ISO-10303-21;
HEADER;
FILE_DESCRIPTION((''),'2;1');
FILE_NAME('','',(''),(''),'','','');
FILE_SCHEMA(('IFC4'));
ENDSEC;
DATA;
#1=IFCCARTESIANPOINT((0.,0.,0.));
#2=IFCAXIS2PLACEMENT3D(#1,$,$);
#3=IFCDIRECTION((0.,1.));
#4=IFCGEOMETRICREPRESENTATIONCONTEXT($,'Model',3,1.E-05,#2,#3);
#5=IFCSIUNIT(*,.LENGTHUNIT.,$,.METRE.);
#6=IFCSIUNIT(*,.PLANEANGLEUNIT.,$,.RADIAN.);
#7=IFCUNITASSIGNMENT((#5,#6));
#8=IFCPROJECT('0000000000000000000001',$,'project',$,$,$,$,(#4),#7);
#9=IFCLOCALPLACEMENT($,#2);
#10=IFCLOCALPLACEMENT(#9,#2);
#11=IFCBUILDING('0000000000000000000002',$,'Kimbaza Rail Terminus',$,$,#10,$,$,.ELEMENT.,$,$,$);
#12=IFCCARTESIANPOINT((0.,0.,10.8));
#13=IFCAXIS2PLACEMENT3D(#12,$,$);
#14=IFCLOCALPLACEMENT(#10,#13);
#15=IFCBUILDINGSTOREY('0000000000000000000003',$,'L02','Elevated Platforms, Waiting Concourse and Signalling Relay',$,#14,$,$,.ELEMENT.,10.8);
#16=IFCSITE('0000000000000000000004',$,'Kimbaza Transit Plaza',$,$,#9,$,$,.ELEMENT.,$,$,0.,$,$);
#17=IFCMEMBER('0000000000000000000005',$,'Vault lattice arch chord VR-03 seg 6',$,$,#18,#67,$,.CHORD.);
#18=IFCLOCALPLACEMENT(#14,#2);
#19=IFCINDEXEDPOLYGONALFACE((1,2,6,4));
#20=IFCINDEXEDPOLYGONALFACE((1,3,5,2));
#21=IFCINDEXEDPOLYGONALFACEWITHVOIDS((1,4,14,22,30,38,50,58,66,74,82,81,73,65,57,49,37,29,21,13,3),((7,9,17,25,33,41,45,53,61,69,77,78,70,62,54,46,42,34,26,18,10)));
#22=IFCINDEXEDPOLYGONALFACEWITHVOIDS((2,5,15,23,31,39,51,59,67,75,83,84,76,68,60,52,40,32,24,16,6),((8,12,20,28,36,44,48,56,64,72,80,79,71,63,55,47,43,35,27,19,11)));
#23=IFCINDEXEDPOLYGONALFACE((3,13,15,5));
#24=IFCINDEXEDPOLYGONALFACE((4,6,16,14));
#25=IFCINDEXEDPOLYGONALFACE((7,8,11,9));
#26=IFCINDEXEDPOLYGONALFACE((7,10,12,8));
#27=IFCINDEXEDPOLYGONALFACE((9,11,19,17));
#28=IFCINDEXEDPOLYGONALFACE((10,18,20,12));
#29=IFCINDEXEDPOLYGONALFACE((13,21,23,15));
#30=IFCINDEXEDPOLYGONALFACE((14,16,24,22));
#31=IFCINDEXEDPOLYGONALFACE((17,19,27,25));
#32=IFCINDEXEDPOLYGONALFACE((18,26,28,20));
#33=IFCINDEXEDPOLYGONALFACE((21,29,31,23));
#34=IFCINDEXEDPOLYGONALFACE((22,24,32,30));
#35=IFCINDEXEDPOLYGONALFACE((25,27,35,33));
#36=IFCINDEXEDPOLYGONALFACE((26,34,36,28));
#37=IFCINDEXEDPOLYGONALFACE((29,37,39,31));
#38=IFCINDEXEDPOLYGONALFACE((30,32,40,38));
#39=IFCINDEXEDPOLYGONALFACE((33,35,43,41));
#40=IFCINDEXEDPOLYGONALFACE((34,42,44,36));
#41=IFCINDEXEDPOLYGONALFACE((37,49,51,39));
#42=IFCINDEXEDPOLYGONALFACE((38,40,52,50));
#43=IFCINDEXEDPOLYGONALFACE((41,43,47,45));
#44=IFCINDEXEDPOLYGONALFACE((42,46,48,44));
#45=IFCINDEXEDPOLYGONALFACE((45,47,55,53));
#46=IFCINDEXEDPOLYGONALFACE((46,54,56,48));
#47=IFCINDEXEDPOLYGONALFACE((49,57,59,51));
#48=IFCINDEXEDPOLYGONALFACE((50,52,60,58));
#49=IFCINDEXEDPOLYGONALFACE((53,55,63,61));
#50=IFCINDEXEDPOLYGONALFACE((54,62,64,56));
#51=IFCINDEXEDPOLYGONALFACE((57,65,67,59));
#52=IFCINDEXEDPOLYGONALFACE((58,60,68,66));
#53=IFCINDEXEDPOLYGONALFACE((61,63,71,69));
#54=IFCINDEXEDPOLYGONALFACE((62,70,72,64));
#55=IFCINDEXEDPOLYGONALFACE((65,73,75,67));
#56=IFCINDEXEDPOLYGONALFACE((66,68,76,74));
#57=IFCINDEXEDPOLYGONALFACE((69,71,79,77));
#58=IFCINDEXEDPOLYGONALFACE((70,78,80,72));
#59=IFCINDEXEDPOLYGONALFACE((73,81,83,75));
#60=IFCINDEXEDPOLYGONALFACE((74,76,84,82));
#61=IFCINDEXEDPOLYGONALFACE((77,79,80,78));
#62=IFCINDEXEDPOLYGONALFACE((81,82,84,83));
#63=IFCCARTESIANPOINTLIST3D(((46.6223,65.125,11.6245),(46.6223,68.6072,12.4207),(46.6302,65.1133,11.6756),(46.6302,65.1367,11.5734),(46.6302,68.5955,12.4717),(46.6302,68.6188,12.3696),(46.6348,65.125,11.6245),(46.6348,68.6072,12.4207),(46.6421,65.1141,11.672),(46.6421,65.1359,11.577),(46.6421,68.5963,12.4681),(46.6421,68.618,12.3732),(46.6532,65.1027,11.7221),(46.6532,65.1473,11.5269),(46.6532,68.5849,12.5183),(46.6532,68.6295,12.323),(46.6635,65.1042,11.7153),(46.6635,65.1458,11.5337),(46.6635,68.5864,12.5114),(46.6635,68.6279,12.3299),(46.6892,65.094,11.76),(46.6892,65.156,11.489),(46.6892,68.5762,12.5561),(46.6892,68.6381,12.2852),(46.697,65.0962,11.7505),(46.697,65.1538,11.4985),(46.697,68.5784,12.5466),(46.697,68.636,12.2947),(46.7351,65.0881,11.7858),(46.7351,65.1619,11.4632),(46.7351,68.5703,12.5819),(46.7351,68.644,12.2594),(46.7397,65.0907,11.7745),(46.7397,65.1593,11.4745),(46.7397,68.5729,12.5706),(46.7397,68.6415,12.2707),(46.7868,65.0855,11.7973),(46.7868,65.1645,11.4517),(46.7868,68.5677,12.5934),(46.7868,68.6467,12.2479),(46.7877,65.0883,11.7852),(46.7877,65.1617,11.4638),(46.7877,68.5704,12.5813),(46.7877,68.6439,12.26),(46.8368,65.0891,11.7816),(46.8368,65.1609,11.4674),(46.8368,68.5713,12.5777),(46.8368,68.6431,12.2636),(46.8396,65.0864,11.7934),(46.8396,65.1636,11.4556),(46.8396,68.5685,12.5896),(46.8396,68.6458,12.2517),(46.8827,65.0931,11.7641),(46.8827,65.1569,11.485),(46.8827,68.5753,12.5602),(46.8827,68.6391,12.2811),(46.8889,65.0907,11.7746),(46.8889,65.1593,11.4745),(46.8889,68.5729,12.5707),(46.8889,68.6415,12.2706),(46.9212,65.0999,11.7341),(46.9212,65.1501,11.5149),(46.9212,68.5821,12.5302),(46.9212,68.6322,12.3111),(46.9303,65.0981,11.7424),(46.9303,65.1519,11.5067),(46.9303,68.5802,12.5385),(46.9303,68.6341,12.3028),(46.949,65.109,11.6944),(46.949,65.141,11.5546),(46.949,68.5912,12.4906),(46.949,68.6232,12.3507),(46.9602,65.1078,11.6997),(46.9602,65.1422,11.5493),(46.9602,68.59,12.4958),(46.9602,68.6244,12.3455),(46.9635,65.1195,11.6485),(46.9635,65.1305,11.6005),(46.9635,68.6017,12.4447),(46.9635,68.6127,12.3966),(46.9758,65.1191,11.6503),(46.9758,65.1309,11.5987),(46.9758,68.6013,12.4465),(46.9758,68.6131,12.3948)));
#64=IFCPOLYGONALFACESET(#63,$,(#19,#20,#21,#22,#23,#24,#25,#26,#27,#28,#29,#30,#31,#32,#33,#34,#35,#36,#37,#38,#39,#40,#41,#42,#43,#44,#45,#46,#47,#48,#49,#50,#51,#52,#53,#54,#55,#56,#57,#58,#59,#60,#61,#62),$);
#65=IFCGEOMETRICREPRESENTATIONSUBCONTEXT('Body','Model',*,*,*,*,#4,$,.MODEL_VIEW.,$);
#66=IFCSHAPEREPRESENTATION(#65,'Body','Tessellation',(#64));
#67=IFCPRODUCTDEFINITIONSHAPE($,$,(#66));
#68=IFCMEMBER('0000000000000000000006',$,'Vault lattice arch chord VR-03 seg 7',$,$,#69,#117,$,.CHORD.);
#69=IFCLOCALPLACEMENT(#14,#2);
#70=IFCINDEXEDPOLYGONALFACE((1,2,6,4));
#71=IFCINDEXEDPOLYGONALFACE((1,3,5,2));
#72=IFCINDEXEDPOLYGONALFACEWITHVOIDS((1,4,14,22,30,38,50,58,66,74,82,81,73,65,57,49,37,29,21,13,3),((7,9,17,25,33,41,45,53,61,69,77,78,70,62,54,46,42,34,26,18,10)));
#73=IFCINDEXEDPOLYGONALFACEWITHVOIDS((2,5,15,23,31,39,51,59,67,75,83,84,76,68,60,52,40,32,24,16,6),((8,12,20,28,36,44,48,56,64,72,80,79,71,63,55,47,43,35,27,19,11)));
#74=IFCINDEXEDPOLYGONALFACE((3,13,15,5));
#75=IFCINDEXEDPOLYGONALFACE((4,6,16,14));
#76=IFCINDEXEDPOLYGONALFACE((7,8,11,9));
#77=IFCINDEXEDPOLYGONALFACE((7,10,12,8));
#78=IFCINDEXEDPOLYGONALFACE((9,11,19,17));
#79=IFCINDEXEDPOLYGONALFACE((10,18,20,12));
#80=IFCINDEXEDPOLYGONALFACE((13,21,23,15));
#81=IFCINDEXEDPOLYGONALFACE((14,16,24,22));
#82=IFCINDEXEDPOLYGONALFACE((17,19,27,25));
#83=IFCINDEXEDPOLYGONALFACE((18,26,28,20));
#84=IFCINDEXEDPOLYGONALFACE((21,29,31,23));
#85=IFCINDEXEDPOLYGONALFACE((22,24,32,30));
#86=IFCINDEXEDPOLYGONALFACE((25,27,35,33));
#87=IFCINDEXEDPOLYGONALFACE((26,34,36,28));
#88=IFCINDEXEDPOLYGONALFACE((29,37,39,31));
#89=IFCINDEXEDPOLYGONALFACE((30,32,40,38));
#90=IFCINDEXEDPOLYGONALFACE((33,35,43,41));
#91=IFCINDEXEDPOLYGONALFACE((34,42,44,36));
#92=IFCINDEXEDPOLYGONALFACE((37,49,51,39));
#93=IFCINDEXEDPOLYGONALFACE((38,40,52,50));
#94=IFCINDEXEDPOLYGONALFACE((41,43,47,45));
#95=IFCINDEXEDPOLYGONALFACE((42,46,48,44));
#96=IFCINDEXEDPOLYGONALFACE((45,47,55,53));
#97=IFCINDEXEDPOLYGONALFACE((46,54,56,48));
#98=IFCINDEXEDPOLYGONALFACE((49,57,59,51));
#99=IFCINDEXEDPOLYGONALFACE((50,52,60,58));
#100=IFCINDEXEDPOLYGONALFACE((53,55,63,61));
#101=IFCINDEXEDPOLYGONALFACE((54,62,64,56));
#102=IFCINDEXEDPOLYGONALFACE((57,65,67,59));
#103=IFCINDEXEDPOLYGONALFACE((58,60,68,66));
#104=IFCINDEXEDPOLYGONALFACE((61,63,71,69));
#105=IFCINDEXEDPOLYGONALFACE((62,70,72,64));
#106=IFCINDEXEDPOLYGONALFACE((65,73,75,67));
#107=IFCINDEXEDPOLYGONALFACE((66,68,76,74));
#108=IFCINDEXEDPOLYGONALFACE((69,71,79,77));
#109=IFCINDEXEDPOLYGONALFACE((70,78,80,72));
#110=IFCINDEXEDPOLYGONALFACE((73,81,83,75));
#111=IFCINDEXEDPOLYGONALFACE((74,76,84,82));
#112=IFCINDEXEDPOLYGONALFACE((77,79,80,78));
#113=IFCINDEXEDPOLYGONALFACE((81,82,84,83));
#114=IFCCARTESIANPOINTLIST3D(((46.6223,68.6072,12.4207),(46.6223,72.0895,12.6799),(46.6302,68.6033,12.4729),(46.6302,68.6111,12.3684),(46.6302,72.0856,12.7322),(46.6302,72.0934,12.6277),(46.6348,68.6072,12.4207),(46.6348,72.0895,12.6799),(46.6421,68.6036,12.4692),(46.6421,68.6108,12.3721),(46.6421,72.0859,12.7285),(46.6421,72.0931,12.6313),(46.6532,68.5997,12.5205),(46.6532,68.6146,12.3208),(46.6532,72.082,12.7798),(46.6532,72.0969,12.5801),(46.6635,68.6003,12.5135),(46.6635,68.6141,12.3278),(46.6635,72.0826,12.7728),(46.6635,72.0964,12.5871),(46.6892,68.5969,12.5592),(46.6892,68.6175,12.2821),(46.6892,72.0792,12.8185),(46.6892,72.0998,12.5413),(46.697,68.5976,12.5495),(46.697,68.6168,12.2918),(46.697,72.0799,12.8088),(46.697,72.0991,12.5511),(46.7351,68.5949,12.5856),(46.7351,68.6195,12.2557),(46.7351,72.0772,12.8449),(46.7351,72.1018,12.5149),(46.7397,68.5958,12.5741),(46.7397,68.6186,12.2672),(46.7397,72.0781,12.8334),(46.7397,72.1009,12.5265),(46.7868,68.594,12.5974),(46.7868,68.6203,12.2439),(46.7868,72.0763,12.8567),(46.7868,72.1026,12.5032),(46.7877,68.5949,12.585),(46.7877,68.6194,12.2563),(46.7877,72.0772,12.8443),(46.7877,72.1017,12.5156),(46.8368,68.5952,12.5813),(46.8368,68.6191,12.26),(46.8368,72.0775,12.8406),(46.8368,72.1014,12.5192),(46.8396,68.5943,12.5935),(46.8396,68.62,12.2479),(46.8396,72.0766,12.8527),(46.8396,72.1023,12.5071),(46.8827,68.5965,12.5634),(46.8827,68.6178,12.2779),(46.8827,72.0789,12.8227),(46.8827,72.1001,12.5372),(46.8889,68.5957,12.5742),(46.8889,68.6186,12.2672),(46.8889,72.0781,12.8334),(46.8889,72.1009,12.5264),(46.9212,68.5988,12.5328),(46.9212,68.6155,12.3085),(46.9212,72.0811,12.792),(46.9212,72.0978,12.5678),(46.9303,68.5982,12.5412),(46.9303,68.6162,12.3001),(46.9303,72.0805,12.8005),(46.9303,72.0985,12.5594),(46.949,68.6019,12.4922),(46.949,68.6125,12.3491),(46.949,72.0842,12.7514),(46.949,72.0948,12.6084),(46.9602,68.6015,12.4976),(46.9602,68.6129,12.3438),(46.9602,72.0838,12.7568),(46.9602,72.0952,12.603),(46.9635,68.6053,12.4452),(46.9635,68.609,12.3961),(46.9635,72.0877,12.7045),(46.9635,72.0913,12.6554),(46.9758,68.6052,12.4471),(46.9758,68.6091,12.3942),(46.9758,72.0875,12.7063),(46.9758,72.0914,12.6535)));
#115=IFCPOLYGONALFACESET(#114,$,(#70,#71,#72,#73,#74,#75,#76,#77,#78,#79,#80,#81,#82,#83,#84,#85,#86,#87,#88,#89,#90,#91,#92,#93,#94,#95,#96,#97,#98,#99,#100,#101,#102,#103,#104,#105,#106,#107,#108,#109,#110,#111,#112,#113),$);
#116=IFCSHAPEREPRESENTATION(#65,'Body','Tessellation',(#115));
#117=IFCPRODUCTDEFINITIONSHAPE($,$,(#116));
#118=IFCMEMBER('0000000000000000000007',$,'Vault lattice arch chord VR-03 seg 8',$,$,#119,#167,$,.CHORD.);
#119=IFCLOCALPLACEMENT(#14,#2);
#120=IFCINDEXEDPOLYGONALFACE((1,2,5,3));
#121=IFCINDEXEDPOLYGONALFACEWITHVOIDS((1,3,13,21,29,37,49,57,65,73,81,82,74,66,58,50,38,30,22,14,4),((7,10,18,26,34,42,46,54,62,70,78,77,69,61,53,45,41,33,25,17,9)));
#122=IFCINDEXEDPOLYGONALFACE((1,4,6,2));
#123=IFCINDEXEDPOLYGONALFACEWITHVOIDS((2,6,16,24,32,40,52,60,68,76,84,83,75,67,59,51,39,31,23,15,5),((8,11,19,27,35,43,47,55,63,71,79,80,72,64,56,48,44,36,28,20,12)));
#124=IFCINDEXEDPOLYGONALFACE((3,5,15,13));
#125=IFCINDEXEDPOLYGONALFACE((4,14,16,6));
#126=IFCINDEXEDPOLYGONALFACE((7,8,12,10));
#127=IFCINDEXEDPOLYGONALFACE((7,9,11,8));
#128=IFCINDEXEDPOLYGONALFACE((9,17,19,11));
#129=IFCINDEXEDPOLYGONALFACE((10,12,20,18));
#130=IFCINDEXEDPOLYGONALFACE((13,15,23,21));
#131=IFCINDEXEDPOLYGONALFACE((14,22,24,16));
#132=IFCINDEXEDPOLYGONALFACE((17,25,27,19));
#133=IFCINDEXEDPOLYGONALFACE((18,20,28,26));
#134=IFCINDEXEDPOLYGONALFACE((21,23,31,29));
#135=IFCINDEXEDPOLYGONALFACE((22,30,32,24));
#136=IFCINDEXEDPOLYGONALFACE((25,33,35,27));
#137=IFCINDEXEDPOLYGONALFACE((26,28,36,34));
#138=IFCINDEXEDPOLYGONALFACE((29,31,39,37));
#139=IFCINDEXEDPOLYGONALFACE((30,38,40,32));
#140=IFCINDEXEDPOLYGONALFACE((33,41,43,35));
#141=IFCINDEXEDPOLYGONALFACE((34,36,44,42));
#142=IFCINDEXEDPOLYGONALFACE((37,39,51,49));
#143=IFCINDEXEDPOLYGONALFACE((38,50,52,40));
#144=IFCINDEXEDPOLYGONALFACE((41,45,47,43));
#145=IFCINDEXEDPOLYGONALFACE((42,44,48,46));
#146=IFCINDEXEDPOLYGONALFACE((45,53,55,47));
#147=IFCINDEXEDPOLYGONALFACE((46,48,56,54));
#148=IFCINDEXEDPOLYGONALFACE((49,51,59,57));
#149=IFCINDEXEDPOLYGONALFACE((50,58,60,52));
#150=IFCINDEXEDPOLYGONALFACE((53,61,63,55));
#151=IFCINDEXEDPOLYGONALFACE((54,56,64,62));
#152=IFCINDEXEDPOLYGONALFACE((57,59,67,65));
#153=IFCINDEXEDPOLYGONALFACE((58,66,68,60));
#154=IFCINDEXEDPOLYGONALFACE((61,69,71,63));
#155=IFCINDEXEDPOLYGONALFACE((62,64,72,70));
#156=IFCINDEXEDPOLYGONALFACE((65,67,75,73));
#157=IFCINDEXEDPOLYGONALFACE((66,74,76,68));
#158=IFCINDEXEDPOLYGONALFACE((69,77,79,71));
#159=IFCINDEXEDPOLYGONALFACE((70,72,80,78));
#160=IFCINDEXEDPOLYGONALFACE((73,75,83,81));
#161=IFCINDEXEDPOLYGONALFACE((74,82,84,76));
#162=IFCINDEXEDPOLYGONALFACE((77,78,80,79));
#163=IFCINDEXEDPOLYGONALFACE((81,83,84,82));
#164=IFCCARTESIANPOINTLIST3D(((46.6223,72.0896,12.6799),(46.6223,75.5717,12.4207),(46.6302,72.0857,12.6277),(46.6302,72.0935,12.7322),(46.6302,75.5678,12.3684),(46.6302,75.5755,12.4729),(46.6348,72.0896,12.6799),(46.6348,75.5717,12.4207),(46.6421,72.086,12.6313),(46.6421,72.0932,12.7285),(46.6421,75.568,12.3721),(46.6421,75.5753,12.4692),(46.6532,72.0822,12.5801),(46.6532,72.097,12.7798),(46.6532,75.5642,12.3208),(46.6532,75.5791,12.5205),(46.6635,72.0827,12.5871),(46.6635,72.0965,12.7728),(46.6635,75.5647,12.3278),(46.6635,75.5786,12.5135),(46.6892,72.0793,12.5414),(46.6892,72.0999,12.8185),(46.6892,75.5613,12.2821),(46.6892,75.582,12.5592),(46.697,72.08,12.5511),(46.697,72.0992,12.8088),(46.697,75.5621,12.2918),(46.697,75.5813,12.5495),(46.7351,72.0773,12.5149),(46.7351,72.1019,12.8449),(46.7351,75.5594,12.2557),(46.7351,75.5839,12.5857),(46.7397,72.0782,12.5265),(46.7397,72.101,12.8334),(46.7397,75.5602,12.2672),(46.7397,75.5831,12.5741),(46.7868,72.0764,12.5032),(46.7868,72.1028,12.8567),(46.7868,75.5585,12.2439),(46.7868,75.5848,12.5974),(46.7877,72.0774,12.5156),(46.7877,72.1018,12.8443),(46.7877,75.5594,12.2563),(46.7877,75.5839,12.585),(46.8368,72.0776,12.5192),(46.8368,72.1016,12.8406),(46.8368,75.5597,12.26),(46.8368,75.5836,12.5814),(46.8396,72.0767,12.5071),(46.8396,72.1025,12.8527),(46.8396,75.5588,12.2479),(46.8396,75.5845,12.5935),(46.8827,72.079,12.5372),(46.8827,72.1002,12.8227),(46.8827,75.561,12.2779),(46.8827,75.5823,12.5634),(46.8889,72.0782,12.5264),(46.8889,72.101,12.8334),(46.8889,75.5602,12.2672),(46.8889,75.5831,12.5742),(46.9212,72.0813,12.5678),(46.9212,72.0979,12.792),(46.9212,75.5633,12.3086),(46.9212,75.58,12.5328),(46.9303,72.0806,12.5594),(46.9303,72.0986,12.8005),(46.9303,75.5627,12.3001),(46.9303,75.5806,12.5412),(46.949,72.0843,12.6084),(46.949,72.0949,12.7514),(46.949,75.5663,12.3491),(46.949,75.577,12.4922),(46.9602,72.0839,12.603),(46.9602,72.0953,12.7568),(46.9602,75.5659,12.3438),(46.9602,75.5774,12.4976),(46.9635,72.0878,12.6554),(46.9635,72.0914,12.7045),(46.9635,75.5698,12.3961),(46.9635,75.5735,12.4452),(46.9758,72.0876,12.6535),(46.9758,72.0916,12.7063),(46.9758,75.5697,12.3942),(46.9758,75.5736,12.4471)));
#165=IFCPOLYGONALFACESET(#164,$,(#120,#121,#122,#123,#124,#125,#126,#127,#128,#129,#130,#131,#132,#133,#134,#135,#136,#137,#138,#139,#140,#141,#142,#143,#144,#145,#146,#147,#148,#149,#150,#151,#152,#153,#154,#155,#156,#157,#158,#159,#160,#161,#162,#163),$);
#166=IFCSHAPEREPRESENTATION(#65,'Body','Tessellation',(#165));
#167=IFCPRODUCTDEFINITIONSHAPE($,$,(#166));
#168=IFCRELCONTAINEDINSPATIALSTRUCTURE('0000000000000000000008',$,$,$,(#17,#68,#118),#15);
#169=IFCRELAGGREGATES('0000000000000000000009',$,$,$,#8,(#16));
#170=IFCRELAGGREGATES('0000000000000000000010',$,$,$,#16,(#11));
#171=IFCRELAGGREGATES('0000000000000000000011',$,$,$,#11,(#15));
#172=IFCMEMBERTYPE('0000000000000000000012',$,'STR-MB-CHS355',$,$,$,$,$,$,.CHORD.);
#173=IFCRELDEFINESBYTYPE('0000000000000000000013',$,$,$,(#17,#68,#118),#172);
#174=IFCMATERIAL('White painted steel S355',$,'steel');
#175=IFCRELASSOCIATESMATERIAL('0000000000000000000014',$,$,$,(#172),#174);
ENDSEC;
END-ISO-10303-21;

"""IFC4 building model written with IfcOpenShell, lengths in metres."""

from ifc_helpers import new_model, si_unit, direction, frame, origin, origin_2d, place, context, subcontext, project, spatial, hollow_circle, extrude, material, material_profile, profile_set, type_object, element, save


model = new_model("IFC4")

# Units and contexts
model_context = context("Model", 3, precision=1e-05, world=origin(), true_north=direction((0.0, 1.0)))
body_context = subcontext(model_context, "Body", "Model", "MODEL_VIEW")
ifc_project = project(units=[si_unit("LENGTHUNIT", "METRE"), si_unit("PLANEANGLEUNIT", "RADIAN")], contexts=[model_context])

# Site, building, storey
site_placement = place(None, origin())
site = spatial("IfcSite", under=ifc_project, at=site_placement, Name="Kimbaza Transit Plaza", CompositionType="ELEMENT", RefElevation=0.0)
building_placement = place(site_placement, origin())
building = spatial("IfcBuilding", under=site, at=building_placement, Name="Kimbaza Rail Terminus", CompositionType="ELEMENT")
storey_placement = place(building_placement, frame((0.0, 0.0, 10.8)))
storey = spatial("IfcBuildingStorey", under=building, at=storey_placement, Name="L02", Description="Elevated Platforms, Waiting Concourse and Signalling Relay", CompositionType="ELEMENT", Elevation=10.8)

# Members
ifc_material_1 = material(Name="White painted steel S355", Category="steel")
ifc_material_profile_1 = material_profile(ifc_material_1, hollow_circle(Radius=0.1777, WallThickness=0.0125, at=origin_2d()), Name="CHS 355.6x12.5")
ifc_profile_set_1 = profile_set([ifc_material_profile_1], Name="White painted steel S355")
member_type_1 = type_object("IfcMemberType", Name="STR-MB-CHS355", PredefinedType="CHORD", material=ifc_profile_set_1)
member_1_placement = place(storey_placement, frame((46.8, 65.125, 11.6245), z_axis=(0.0, 0.974845, 0.222882), x_axis=(-1.0, 0.0, 0.0)))
element("IfcMember", 1, at=member_1_placement, inside=storey, type_object=member_type_1, Name="Vault lattice arch chord VR-03 seg 6", PredefinedType="CHORD", context=body_context, shape_type="SweptSolid", body=[
    extrude(hollow_circle(Radius=0.1777, WallThickness=0.0125, at=origin_2d()), origin(), (0.0, 0.0, 1.0), 3.572),
])
member_2_placement = place(storey_placement, frame((46.8, 68.6072, 12.4207), z_axis=(0.0, 0.99724, 0.074248), x_axis=(-1.0, 0.0, 0.0)))
element("IfcMember", 2, at=member_2_placement, inside=storey, type_object=member_type_1, Name="Vault lattice arch chord VR-03 seg 7", PredefinedType="CHORD", context=body_context, shape_type="SweptSolid", body=[
    extrude(hollow_circle(Radius=0.1777, WallThickness=0.0125, at=origin_2d()), origin(), (0.0, 0.0, 1.0), 3.4919),
])
member_3_placement = place(storey_placement, frame((46.8, 72.0896, 12.6799), z_axis=(0.0, 0.997239, -0.074253), x_axis=(-1.0, 0.0, 0.0)))
element("IfcMember", 3, at=member_3_placement, inside=storey, type_object=member_type_1, Name="Vault lattice arch chord VR-03 seg 8", PredefinedType="CHORD", context=body_context, shape_type="SweptSolid", body=[
    extrude(hollow_circle(Radius=0.1777, WallThickness=0.0125, at=origin_2d()), origin(), (0.0, 0.0, 1.0), 3.4917),
])

save(model, "model.ifc")
